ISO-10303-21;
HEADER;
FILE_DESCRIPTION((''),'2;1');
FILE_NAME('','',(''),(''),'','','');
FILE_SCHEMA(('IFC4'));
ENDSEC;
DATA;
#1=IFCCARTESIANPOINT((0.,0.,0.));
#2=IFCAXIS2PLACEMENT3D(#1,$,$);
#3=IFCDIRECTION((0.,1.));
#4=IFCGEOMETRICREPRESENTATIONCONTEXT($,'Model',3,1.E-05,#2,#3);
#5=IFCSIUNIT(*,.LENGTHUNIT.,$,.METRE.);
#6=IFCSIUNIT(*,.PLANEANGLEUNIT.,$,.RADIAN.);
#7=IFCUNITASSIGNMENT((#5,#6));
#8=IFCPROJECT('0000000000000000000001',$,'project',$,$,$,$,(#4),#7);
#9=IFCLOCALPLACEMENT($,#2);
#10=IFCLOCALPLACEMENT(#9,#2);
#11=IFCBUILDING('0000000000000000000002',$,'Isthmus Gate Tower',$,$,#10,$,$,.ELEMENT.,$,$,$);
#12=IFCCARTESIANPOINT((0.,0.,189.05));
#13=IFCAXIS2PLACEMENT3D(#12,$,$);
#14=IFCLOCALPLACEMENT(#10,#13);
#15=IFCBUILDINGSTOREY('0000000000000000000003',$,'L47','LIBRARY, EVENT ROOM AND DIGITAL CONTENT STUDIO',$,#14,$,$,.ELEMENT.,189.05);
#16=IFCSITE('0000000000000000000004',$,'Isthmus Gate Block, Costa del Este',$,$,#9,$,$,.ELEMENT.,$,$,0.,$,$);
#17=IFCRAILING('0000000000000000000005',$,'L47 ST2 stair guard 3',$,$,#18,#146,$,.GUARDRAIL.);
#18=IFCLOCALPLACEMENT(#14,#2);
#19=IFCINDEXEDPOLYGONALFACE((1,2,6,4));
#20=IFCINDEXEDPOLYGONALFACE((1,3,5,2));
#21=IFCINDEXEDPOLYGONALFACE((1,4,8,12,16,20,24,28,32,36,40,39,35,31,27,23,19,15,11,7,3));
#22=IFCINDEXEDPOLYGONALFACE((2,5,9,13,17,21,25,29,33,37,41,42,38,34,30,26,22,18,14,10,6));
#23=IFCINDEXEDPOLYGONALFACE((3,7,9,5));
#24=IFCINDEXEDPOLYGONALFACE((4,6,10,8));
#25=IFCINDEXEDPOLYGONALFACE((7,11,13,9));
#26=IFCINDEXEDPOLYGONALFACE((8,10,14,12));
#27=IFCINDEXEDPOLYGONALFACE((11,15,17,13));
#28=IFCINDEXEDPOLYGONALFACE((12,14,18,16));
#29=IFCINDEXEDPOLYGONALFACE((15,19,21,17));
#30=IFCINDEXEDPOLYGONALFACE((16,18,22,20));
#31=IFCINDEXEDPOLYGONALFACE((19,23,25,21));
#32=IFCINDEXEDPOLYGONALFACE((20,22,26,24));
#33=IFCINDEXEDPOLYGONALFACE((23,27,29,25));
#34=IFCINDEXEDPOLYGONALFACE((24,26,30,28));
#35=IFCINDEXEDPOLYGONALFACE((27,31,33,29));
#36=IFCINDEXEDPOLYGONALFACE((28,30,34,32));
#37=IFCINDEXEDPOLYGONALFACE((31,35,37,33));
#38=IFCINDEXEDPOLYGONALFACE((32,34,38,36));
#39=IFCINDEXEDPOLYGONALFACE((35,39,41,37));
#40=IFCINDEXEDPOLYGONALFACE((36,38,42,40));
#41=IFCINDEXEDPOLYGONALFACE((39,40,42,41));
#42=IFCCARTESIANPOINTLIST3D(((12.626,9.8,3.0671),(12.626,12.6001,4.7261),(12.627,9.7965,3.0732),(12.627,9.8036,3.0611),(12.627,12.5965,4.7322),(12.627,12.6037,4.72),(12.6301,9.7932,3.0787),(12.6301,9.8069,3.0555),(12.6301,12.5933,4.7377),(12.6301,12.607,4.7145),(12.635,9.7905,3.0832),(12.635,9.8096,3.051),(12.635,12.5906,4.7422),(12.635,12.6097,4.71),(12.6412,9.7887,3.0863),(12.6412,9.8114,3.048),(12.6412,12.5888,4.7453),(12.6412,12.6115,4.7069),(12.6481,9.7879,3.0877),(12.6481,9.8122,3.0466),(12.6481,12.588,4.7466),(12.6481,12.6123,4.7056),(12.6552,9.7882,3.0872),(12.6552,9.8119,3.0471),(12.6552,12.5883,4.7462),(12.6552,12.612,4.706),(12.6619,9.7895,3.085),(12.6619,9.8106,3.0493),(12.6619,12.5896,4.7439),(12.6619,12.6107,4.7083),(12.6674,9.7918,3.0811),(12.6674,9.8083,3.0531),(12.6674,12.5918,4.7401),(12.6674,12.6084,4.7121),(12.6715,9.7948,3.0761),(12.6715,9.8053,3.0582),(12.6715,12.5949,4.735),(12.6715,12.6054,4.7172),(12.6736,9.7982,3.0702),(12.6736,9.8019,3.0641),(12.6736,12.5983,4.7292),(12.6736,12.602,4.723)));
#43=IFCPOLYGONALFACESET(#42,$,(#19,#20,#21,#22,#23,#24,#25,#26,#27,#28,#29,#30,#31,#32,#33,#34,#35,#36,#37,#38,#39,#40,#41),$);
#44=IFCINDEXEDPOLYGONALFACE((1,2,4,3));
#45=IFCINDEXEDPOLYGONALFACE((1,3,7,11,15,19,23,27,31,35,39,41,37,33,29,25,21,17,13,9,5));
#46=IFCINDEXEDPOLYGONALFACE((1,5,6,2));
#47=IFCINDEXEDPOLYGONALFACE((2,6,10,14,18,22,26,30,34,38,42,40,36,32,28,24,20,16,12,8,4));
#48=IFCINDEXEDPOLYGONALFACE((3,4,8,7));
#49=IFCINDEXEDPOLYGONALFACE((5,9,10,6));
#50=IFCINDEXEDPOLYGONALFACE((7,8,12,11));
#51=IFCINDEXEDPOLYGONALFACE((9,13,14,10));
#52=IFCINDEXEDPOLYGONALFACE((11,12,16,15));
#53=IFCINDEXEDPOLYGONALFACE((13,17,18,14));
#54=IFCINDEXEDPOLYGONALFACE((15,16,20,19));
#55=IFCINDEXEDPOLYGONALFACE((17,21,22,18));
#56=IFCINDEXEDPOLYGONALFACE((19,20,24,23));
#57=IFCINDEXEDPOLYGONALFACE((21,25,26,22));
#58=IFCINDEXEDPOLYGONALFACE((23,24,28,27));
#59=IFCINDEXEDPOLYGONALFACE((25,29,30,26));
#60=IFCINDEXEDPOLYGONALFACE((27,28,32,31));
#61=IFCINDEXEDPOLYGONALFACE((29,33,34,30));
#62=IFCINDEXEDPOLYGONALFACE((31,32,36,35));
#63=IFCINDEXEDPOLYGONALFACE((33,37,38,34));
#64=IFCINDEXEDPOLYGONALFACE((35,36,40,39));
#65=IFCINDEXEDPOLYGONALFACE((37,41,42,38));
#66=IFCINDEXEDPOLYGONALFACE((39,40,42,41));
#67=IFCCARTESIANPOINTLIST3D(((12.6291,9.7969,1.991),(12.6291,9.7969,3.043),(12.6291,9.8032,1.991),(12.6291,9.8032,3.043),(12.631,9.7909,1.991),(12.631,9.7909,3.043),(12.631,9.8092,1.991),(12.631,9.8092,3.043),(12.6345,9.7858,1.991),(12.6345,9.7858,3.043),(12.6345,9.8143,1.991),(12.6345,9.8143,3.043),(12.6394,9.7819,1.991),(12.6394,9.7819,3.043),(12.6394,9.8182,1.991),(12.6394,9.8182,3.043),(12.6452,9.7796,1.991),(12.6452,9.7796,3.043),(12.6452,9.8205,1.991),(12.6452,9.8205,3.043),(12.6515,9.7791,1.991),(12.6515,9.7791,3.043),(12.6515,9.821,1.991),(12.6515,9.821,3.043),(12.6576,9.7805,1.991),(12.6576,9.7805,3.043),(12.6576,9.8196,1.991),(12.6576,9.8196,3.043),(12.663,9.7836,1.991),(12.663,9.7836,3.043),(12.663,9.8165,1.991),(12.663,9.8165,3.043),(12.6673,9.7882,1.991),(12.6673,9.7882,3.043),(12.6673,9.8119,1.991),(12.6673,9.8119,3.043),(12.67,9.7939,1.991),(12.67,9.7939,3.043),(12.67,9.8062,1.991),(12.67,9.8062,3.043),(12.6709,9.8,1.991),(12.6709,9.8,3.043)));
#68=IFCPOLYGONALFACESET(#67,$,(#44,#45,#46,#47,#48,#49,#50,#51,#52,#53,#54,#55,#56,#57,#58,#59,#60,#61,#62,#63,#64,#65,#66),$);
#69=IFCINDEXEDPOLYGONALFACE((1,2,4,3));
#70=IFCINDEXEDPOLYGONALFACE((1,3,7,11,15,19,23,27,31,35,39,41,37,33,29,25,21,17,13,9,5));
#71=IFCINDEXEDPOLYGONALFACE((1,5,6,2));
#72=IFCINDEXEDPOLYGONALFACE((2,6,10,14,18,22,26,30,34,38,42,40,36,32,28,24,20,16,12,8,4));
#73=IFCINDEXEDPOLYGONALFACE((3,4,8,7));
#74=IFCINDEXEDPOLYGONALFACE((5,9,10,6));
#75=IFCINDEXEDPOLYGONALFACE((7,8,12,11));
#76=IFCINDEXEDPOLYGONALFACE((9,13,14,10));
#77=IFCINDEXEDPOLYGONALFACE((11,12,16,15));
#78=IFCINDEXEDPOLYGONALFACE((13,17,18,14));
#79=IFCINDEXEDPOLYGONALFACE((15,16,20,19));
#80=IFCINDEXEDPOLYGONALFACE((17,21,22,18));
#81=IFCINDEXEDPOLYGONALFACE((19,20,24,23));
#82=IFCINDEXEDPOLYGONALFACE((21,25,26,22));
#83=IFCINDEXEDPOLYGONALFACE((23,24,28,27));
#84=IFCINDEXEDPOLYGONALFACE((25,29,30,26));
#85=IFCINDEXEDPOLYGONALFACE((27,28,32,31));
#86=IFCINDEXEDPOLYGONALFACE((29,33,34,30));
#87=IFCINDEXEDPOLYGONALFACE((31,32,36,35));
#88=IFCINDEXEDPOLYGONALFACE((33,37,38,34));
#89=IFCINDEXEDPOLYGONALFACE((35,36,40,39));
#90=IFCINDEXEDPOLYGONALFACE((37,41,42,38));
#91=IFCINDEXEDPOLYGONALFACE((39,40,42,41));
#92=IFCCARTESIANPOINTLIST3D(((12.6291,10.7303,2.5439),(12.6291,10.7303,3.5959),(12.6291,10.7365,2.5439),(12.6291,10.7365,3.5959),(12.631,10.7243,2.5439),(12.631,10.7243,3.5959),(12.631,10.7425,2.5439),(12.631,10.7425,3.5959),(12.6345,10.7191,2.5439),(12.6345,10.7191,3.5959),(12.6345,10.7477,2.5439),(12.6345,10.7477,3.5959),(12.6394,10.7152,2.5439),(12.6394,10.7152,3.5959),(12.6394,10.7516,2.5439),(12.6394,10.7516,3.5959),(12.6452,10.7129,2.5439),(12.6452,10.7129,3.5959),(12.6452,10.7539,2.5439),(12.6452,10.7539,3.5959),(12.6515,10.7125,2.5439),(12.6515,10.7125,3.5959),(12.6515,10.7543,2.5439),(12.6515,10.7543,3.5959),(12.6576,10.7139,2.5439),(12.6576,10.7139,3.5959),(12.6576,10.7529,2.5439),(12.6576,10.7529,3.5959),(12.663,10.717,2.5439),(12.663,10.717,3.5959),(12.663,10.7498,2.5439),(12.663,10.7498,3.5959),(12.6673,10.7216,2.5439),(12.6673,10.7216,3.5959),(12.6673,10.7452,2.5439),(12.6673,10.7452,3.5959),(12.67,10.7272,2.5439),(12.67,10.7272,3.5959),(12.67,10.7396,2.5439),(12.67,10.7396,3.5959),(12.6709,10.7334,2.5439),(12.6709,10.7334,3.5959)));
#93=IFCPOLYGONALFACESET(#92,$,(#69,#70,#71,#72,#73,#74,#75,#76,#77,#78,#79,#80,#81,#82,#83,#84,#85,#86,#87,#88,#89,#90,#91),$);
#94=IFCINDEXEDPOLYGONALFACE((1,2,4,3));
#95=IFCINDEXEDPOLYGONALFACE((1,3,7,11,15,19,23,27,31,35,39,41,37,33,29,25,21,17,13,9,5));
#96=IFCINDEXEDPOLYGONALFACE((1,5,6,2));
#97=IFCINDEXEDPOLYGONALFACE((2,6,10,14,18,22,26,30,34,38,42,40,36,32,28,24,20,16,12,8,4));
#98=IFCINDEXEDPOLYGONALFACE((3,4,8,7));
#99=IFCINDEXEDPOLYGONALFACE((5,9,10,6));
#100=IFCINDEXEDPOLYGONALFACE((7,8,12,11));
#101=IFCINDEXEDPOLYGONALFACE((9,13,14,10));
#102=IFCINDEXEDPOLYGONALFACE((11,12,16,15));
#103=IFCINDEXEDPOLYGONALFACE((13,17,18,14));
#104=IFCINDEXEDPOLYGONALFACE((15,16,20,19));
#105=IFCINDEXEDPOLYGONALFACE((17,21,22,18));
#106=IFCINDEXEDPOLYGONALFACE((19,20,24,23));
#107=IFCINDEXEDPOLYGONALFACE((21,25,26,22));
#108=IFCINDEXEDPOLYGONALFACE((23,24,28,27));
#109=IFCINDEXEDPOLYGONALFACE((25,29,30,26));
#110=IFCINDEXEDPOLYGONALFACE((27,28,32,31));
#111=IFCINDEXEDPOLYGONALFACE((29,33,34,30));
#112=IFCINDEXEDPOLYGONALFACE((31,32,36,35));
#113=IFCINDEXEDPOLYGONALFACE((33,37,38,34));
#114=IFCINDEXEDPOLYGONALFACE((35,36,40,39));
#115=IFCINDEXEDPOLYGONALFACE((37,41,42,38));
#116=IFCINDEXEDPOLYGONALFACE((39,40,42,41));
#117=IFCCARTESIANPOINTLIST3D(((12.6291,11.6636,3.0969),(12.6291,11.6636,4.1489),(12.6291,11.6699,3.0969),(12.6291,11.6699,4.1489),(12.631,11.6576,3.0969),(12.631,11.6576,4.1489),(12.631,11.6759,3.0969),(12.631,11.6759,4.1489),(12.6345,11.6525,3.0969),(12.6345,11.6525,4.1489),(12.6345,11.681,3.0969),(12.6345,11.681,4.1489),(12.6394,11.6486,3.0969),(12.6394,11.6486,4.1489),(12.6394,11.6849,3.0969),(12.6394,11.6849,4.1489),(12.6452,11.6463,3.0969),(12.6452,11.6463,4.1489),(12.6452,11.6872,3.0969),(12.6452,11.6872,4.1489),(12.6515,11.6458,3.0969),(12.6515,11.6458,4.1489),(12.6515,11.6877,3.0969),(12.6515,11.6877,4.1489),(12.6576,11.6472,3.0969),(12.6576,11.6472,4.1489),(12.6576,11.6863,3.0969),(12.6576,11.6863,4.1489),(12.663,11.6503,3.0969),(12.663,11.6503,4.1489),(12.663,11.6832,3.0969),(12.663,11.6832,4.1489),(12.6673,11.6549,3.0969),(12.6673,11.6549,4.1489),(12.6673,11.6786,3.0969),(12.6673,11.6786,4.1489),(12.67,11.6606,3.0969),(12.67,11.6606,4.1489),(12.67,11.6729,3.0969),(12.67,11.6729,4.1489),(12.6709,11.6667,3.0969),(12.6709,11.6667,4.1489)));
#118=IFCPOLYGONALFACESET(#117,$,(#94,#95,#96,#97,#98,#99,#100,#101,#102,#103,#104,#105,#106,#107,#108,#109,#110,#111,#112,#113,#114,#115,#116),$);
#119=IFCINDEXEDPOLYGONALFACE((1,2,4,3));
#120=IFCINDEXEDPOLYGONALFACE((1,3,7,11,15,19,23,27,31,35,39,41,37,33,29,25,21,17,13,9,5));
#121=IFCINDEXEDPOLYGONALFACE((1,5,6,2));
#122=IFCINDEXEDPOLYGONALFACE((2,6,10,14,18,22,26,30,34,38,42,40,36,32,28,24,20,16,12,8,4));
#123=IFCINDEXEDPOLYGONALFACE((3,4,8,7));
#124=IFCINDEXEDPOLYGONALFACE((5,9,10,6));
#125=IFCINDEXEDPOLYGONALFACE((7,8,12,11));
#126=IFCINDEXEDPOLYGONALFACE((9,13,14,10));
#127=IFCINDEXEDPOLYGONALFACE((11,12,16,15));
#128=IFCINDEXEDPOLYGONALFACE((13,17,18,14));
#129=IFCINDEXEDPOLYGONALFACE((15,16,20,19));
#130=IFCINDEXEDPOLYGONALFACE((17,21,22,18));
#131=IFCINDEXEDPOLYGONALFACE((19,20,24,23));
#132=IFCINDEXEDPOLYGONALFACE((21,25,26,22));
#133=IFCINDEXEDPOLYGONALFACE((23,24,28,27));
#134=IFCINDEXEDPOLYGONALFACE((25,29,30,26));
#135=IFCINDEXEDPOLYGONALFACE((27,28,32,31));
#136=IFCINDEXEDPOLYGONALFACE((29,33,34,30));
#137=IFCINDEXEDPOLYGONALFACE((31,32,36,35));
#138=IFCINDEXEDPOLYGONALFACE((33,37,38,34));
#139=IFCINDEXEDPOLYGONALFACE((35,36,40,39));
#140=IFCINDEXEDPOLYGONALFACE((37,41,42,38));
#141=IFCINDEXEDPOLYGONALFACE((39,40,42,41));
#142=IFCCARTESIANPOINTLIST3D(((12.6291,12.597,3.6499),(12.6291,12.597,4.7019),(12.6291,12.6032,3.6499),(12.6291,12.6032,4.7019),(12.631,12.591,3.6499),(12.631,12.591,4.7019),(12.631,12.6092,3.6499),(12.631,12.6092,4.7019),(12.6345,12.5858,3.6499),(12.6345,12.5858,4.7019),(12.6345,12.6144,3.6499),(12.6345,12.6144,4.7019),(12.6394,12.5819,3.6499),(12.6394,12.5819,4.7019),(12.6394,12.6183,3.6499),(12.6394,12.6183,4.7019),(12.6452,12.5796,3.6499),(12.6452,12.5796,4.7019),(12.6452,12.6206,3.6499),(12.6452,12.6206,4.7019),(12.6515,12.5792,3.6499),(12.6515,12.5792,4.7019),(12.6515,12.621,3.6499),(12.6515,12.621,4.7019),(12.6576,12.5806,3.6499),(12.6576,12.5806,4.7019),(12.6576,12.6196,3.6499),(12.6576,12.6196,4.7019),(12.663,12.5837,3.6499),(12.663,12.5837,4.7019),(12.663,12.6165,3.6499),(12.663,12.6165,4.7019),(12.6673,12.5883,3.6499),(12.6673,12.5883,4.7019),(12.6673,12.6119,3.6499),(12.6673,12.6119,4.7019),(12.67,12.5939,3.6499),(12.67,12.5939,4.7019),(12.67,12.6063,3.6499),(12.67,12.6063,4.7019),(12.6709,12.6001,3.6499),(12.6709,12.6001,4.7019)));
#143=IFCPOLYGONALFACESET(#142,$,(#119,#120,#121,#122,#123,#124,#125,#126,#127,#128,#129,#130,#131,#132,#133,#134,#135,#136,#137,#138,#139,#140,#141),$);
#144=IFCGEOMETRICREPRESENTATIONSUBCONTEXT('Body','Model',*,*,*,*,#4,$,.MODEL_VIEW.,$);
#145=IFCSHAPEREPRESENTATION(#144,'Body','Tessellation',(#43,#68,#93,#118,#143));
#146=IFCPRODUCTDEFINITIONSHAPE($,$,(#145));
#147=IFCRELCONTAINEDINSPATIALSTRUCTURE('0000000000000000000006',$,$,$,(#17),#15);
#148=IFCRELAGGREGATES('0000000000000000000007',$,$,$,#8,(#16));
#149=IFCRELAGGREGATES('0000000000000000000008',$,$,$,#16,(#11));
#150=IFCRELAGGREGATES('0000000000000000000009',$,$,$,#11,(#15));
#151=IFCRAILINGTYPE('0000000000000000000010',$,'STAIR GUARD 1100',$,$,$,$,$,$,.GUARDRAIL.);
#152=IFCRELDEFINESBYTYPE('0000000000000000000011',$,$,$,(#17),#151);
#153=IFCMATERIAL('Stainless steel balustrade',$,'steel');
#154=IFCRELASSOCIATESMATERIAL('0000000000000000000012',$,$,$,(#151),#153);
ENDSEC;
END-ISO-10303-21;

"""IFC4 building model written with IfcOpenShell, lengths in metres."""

from ifc_helpers import new_model, si_unit, direction, frame, origin, origin_2d, place, context, subcontext, project, spatial, circle, extrude, material, type_object, element, save


model = new_model("IFC4")

# Units and contexts
model_context = context("Model", 3, precision=1e-05, world=origin(), true_north=direction((0.0, 1.0)))
body_context = subcontext(model_context, "Body", "Model", "MODEL_VIEW")
ifc_project = project(units=[si_unit("LENGTHUNIT", "METRE"), si_unit("PLANEANGLEUNIT", "RADIAN")], contexts=[model_context])

# Site, building, storey
site_placement = place(None, origin())
site = spatial("IfcSite", under=ifc_project, at=site_placement, Name="Isthmus Gate Block, Costa del Este", CompositionType="ELEMENT", RefElevation=0.0)
building_placement = place(site_placement, origin())
building = spatial("IfcBuilding", under=site, at=building_placement, Name="Isthmus Gate Tower", CompositionType="ELEMENT")
storey_placement = place(building_placement, frame((0.0, 0.0, 189.05)))
storey = spatial("IfcBuildingStorey", under=building, at=storey_placement, Name="L47", Description="LIBRARY, EVENT ROOM AND DIGITAL CONTENT STUDIO", CompositionType="ELEMENT", Elevation=189.05)

# Railing
ifc_material_1 = material(Name="Stainless steel balustrade", Category="steel")
railing_type_1 = type_object("IfcRailingType", Name="STAIR GUARD 1100", PredefinedType="GUARDRAIL", material=ifc_material_1)
railing_1_placement = place(storey_placement, frame((12.6499, 9.8, 1.991)))
element("IfcRailing", 1, at=railing_1_placement, inside=storey, type_object=railing_type_1, Name="L47 ST2 stair guard 3", PredefinedType="GUARDRAIL", context=body_context, shape_type="SweptSolid", body=[
    extrude(circle(Radius=0.0239, at=origin_2d()), frame((0.0, 0.0, 1.0762), z_axis=(0.0, 0.860339, 0.509722), x_axis=(-1.0, 0.0, 0.0)), (0.0, 0.0, 1.0), 3.2546),
    extrude(circle(Radius=0.021, at=origin_2d()), origin(), (0.0, 0.0, 1.0), 1.052),
    extrude(circle(Radius=0.021, at=origin_2d()), frame((0.0, 0.9333, 0.553)), (0.0, 0.0, 1.0), 1.052),
    extrude(circle(Radius=0.021, at=origin_2d()), frame((0.0, 1.8667, 1.106)), (0.0, 0.0, 1.0), 1.052),
    extrude(circle(Radius=0.021, at=origin_2d()), frame((0.0, 2.8, 1.6589)), (0.0, 0.0, 1.0), 1.052),
])

save(model, "model.ifc")
